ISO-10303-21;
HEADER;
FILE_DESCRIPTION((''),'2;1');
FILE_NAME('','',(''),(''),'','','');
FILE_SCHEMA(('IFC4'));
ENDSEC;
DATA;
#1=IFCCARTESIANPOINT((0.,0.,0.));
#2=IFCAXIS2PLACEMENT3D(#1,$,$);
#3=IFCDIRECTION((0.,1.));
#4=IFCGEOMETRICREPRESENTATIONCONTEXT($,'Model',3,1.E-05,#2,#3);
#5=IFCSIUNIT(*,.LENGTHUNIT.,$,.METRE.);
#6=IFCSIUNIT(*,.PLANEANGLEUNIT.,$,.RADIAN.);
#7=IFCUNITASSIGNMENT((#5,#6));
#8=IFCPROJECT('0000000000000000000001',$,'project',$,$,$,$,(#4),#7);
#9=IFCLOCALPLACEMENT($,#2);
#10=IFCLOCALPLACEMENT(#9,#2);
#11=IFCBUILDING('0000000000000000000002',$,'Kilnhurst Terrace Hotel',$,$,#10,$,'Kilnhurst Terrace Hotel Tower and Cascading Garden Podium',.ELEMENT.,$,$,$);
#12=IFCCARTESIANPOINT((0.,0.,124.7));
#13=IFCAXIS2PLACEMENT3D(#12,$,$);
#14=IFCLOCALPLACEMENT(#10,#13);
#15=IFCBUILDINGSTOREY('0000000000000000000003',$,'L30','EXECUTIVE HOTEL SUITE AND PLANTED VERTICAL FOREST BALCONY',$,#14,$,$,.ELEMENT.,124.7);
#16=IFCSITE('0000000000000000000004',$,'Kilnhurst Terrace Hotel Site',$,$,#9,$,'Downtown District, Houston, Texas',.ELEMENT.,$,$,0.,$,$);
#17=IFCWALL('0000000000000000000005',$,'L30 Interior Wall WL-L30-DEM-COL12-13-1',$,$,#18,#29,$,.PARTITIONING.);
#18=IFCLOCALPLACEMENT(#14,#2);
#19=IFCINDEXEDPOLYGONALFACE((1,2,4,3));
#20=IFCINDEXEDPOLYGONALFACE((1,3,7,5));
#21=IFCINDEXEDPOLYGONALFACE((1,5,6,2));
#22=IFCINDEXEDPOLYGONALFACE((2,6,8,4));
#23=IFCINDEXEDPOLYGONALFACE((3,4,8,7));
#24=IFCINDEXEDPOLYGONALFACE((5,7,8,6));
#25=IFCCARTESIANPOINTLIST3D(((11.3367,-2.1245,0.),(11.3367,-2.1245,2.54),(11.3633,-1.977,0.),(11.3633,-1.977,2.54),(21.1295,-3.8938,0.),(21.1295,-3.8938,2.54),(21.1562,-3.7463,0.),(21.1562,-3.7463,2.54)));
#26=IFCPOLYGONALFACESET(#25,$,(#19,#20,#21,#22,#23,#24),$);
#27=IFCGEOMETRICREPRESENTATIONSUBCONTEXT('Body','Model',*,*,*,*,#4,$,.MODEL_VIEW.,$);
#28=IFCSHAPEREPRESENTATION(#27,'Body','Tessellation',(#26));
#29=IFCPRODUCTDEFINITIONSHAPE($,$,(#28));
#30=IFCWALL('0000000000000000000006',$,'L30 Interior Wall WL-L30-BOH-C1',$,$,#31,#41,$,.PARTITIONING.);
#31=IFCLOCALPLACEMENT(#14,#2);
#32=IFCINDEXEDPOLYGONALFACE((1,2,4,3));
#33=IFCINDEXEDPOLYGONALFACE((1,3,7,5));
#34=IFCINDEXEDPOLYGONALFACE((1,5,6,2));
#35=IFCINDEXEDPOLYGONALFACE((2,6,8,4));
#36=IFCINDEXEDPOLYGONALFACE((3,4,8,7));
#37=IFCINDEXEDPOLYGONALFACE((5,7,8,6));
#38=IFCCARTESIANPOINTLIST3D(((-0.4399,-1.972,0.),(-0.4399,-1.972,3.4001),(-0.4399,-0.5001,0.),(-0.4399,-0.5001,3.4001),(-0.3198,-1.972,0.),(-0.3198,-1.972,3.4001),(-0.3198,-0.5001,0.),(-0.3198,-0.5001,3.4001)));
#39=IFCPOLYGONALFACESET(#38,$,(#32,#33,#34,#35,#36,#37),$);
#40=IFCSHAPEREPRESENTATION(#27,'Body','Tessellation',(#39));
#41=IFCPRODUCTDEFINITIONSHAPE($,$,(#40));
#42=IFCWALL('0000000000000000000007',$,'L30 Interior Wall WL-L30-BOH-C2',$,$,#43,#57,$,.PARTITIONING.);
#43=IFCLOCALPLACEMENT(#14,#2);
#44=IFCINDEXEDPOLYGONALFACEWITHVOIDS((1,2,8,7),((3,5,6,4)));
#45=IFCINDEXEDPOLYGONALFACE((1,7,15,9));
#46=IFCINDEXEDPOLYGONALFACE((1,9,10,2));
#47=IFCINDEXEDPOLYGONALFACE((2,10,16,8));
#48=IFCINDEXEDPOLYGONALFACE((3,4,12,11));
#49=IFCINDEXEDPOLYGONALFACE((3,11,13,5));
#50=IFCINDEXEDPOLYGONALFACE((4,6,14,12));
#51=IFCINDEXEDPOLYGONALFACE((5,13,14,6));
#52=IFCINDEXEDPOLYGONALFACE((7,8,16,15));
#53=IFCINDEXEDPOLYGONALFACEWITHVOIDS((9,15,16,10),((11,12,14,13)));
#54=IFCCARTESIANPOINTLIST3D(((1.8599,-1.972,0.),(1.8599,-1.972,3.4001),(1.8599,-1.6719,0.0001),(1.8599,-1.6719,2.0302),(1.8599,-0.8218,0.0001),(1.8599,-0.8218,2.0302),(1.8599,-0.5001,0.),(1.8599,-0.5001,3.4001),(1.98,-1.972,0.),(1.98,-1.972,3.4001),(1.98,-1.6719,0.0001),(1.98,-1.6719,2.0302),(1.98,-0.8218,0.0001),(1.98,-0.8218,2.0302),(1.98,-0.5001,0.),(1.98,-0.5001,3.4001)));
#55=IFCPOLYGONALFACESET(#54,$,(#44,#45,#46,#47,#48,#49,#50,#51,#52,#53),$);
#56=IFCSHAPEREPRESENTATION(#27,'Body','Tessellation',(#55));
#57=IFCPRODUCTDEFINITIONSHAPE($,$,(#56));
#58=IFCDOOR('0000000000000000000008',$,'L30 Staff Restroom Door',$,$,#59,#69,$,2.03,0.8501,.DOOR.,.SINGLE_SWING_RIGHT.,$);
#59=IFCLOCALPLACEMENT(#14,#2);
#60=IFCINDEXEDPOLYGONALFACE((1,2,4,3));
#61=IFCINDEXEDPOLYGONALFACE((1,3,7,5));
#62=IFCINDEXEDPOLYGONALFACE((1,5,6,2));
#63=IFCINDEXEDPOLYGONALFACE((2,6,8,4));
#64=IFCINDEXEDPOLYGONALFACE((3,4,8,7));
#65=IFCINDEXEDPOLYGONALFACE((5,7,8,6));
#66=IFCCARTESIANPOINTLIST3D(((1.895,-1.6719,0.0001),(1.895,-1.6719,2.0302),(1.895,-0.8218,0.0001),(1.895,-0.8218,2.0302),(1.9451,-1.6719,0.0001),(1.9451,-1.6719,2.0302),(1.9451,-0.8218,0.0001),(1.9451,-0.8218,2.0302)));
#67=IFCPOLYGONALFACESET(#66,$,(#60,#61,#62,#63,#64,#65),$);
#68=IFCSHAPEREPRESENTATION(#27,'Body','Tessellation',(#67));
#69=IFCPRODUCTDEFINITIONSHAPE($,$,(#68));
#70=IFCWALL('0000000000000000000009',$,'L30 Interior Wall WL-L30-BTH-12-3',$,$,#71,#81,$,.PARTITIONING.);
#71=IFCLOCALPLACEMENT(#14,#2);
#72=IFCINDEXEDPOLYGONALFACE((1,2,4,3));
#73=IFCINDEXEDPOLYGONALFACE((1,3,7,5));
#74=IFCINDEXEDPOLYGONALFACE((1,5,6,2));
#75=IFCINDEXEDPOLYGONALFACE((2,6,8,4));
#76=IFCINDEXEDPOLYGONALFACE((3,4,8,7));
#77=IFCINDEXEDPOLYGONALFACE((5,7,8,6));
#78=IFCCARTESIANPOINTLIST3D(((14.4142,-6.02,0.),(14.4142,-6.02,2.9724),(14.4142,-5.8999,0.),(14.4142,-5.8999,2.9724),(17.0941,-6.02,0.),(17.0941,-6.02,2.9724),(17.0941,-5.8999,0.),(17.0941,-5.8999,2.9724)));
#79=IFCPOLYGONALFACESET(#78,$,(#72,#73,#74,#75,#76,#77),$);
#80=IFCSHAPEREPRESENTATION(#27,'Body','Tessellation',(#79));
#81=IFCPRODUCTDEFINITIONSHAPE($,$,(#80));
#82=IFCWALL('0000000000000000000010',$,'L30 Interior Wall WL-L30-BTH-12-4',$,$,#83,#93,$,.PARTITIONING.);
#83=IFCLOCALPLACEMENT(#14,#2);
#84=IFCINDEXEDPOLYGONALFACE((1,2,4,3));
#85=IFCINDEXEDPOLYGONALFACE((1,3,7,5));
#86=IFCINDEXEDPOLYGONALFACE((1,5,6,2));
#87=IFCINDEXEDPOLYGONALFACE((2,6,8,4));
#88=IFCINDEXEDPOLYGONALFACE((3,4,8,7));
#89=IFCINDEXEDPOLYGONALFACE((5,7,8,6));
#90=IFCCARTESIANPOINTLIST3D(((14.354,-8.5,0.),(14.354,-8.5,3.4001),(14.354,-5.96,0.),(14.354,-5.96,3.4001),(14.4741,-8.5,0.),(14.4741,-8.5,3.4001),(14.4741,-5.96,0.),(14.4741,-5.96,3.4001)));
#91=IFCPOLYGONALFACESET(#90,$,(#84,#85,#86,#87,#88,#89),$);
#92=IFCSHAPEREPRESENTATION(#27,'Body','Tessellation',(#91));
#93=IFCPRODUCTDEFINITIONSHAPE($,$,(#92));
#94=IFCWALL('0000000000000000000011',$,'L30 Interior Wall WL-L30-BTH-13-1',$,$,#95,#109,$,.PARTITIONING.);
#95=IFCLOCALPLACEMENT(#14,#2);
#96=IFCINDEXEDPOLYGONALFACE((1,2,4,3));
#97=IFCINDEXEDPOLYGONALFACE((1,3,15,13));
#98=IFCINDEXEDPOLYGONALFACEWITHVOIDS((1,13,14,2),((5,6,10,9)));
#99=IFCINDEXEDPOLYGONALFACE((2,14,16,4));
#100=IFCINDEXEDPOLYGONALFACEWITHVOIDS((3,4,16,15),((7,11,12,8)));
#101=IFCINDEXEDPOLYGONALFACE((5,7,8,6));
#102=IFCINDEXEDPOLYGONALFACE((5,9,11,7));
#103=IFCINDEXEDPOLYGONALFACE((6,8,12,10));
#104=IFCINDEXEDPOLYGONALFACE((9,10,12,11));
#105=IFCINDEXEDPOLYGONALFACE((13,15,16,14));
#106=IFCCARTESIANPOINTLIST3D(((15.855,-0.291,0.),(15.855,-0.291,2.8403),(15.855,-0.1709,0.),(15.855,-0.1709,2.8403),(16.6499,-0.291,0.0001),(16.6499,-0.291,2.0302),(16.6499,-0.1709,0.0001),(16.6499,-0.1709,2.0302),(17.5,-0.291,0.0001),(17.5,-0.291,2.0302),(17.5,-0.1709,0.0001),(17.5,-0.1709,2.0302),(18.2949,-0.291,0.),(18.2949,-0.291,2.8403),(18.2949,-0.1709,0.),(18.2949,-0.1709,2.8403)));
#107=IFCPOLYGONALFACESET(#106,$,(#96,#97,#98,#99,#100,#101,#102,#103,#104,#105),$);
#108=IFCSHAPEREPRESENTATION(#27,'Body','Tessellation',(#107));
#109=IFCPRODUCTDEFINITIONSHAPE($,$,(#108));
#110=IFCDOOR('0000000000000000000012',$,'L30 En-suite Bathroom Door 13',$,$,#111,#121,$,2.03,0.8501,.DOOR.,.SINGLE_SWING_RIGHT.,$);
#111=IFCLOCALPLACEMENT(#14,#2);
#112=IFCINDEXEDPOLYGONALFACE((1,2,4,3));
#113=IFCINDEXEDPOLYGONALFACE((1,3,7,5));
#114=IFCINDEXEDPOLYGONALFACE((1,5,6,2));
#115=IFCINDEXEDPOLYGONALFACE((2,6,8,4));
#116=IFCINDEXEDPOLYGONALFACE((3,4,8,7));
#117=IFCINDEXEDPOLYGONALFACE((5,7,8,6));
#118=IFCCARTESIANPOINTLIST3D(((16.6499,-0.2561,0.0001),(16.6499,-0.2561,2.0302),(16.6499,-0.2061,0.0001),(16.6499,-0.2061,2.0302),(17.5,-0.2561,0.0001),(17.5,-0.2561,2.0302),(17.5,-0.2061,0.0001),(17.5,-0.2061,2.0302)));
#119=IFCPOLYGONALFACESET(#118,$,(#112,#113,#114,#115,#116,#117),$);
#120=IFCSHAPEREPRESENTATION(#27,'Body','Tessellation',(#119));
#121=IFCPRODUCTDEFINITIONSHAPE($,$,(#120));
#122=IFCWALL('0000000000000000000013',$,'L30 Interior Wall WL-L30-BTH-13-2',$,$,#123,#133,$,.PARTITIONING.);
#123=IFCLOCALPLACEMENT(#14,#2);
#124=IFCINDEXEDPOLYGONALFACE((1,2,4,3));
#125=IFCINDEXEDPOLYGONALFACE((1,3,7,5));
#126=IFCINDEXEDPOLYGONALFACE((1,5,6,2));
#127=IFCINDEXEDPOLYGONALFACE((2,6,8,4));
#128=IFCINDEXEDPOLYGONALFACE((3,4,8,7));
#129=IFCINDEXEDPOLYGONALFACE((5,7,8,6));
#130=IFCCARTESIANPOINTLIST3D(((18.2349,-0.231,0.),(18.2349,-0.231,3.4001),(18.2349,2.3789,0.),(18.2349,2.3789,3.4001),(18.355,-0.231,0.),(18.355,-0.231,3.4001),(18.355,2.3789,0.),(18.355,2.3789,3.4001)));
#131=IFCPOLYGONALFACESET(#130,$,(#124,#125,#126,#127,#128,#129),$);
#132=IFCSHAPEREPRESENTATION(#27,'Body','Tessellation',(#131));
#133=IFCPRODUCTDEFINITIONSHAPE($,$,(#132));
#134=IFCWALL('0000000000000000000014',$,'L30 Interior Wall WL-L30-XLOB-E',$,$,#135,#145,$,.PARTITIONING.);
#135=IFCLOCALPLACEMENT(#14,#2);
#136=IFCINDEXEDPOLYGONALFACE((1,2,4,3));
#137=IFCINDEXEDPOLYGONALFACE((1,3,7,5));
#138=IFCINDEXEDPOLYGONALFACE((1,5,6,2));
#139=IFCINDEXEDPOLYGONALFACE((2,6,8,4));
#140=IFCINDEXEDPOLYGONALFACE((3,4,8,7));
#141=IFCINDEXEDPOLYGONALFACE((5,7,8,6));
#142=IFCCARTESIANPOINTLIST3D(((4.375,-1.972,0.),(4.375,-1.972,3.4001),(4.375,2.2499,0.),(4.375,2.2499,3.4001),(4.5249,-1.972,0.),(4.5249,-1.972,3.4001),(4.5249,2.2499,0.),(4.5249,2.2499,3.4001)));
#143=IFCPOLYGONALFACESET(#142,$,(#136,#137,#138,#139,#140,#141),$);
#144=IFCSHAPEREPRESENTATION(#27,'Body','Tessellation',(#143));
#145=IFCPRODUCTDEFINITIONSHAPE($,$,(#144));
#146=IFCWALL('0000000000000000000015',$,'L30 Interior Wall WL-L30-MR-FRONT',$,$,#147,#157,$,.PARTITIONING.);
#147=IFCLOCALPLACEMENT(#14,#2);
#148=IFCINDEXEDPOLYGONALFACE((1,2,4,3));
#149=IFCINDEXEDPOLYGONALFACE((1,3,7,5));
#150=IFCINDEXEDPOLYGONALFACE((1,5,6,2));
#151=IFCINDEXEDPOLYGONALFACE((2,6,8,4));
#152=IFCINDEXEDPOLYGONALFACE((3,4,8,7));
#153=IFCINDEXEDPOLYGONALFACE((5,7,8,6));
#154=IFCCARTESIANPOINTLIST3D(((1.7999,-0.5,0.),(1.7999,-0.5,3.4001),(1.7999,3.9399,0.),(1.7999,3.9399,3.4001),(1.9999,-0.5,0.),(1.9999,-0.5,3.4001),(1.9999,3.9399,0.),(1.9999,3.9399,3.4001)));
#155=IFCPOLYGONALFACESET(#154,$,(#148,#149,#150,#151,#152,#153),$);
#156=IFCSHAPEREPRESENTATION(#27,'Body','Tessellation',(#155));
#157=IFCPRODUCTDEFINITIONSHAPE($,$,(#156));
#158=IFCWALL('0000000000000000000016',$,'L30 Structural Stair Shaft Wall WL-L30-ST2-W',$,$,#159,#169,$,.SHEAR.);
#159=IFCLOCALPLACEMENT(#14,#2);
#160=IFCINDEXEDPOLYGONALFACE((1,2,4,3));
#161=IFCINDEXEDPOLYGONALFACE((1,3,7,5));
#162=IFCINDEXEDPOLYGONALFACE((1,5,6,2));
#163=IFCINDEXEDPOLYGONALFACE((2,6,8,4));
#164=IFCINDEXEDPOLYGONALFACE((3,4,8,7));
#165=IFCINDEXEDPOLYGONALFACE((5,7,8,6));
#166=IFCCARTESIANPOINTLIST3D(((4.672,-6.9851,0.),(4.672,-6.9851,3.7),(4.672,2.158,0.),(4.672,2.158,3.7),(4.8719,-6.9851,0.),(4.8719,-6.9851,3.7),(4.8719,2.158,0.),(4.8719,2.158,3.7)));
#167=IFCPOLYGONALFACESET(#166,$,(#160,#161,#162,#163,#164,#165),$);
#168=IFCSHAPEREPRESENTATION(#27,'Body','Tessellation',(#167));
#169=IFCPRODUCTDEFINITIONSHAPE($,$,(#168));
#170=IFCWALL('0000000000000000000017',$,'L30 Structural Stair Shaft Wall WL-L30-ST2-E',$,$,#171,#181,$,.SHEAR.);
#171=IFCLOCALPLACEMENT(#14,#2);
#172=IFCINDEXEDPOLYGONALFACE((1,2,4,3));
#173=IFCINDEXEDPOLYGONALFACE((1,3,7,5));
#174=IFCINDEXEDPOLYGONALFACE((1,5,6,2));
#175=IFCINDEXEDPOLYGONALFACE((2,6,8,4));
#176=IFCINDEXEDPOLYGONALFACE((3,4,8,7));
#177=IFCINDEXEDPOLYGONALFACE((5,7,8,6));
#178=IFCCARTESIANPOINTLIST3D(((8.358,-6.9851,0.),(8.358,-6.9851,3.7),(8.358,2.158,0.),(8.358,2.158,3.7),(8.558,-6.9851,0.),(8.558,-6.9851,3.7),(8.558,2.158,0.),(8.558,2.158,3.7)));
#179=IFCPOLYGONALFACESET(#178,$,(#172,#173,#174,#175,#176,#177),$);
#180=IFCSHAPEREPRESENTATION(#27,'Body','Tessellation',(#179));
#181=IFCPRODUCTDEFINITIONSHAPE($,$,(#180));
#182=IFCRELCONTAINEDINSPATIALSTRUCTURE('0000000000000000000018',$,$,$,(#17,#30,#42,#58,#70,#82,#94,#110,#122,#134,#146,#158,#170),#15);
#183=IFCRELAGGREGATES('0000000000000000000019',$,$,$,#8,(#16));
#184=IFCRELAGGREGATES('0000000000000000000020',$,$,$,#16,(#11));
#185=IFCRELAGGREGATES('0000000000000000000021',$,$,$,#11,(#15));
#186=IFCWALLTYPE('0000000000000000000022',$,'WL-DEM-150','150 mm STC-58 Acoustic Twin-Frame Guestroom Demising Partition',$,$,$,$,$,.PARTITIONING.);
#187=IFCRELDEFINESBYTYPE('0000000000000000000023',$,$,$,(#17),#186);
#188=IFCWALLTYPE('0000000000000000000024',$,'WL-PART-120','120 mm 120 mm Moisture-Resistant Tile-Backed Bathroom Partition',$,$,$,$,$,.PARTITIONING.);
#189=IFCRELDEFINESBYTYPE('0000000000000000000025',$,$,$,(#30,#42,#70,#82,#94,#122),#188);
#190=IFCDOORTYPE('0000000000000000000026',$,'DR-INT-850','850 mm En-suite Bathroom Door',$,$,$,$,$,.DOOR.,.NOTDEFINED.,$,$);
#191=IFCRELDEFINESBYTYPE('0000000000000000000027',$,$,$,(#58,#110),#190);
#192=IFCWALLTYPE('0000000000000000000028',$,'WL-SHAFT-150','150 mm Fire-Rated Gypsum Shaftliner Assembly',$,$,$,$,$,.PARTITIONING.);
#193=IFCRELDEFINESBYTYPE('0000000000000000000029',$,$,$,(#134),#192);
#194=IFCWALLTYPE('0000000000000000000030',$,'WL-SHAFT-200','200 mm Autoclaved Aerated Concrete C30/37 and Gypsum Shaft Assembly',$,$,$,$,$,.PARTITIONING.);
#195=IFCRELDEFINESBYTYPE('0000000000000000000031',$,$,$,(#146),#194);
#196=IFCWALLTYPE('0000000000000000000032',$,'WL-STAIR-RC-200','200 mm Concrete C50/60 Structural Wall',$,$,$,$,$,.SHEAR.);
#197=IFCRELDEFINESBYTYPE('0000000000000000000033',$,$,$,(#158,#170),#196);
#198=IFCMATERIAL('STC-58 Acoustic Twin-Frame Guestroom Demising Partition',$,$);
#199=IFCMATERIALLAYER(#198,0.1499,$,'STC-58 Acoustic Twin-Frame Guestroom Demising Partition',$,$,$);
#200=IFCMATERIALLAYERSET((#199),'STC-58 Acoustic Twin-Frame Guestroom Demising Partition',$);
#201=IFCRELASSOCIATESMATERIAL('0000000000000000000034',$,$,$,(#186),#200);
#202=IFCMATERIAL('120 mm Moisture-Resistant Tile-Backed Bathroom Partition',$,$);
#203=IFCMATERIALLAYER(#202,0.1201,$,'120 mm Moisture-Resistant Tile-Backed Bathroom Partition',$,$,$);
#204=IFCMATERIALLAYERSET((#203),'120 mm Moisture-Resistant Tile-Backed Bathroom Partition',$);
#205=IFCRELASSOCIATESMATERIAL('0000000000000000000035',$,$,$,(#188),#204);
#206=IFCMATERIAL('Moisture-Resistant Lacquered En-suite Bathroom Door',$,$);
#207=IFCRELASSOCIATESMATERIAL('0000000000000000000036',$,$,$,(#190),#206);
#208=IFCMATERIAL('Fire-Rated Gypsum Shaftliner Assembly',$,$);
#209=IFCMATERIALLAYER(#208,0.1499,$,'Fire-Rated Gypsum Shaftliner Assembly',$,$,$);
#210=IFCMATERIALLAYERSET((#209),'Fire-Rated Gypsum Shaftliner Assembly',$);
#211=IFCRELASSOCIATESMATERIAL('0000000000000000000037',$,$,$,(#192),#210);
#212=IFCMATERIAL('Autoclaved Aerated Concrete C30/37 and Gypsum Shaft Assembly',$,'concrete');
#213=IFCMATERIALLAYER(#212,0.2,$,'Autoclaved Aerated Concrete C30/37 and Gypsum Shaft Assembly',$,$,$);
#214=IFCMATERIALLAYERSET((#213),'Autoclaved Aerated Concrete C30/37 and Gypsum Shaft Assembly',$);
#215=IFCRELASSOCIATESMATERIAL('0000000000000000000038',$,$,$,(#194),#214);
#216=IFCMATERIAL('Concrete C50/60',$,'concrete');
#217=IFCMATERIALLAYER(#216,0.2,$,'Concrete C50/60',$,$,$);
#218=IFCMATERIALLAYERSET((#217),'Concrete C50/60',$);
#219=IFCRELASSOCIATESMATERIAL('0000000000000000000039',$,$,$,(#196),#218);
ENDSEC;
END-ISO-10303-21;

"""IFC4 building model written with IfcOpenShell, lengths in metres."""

from ifc_helpers import new_model, si_unit, direction, frame, frame_2d, origin, place, context, subcontext, project, spatial, rectangle, extrude, material, layer, layer_set, type_object, element, fill, save


model = new_model("IFC4")

# Units and contexts
model_context = context("Model", 3, precision=1e-05, world=origin(), true_north=direction((0.0, 1.0)))
body_context = subcontext(model_context, "Body", "Model", "MODEL_VIEW")
ifc_project = project(units=[si_unit("LENGTHUNIT", "METRE"), si_unit("PLANEANGLEUNIT", "RADIAN")], contexts=[model_context])

# Site, building, storey
site_placement = place(None, origin())
site = spatial("IfcSite", under=ifc_project, at=site_placement, Name="Kilnhurst Terrace Hotel Site", LongName="Downtown District, Houston, Texas", CompositionType="ELEMENT", RefElevation=0.0)
building_placement = place(site_placement, origin())
building = spatial("IfcBuilding", under=site, at=building_placement, Name="Kilnhurst Terrace Hotel", LongName="Kilnhurst Terrace Hotel Tower and Cascading Garden Podium", CompositionType="ELEMENT")
storey_placement = place(building_placement, frame((0.0, 0.0, 124.7)))
storey = spatial("IfcBuildingStorey", under=building, at=storey_placement, Name="L30", Description="EXECUTIVE HOTEL SUITE AND PLANTED VERTICAL FOREST BALCONY", CompositionType="ELEMENT", Elevation=124.7)

# Shared definitions
ifc_material_1 = material(Name="Concrete C50/60", Category="concrete")

# Walls
ifc_material_2 = material(Name="STC-58 Acoustic Twin-Frame Guestroom Demising Partition")
ifc_layer_1 = layer(ifc_material_2, 0.1499, Name="STC-58 Acoustic Twin-Frame Guestroom Demising Partition")
ifc_layer_set_1 = layer_set([ifc_layer_1], Name="STC-58 Acoustic Twin-Frame Guestroom Demising Partition")
wall_type_1 = type_object("IfcWallType", Name="WL-DEM-150", Description="150 mm STC-58 Acoustic Twin-Frame Guestroom Demising Partition", PredefinedType="PARTITIONING", material=ifc_layer_set_1)
wall_1_placement = place(storey_placement, frame((11.3501, -2.0508, 0.0), z_axis=(0.0, 0.0, 1.0), x_axis=(0.984068, -0.177791, 0.0)))
element("IfcWall", 1, at=wall_1_placement, inside=storey, type_object=wall_type_1, Name="L30 Interior Wall WL-L30-DEM-COL12-13-1", PredefinedType="PARTITIONING", context=body_context, shape_type="SweptSolid", body=[
    extrude(rectangle(XDim=9.9514, YDim=0.1499, at=frame_2d((4.9756, 0.0))), origin(), (0.0, 0.0, 1.0), 2.54),
])
ifc_material_3 = material(Name="120 mm Moisture-Resistant Tile-Backed Bathroom Partition")
ifc_layer_2 = layer(ifc_material_3, 0.1201, Name="120 mm Moisture-Resistant Tile-Backed Bathroom Partition")
ifc_layer_set_2 = layer_set([ifc_layer_2], Name="120 mm Moisture-Resistant Tile-Backed Bathroom Partition")
wall_type_2 = type_object("IfcWallType", Name="WL-PART-120", Description="120 mm 120 mm Moisture-Resistant Tile-Backed Bathroom Partition", PredefinedType="PARTITIONING", material=ifc_layer_set_2)
wall_2_placement = place(storey_placement, frame((-0.3799, -1.9719, 0.0), z_axis=(0.0, 0.0, 1.0), x_axis=(0.0, 1.0, 0.0)))
element("IfcWall", 2, at=wall_2_placement, inside=storey, type_object=wall_type_2, Name="L30 Interior Wall WL-L30-BOH-C1", PredefinedType="PARTITIONING", context=body_context, shape_type="SweptSolid", body=[
    extrude(rectangle(XDim=1.4719, YDim=0.1201, at=frame_2d((0.7358, 0.0))), origin(), (0.0, 0.0, 1.0), 3.4001),
])

# Wall, opening, door
wall_3_placement = place(storey_placement, frame((1.9199, -1.9719, 0.0), z_axis=(0.0, 0.0, 1.0), x_axis=(0.0, 1.0, 0.0)))
wall_3 = element("IfcWall", 3, at=wall_3_placement, inside=storey, type_object=wall_type_2, Name="L30 Interior Wall WL-L30-BOH-C2", PredefinedType="PARTITIONING", context=body_context, shape_type="SweptSolid", body=[
    extrude(rectangle(XDim=1.4719, YDim=0.1201, at=frame_2d((0.7358, 0.0))), origin(), (0.0, 0.0, 1.0), 3.4001),
])
opening_1_placement = place(wall_3_placement, frame((0.3, 0.0, 0.0)))
opening_1 = element("IfcOpeningElement", 4, at=opening_1_placement, cuts=wall_3, PredefinedType="OPENING", context=body_context, shape_type="SweptSolid", body=[
    extrude(rectangle(XDim=0.8501, YDim=2.03, at=frame_2d((0.425, 1.0151))), frame((0.0, 0.0701, 0.0), z_axis=(0.0, -1.0, 0.0), x_axis=(1.0, 0.0, 0.0)), (0.0, 0.0, 1.0), 0.1401),
])
ifc_material_4 = material(Name="Moisture-Resistant Lacquered En-suite Bathroom Door")
door_type = type_object("IfcDoorType", Name="DR-INT-850", Description="850 mm En-suite Bathroom Door", OperationType="NOTDEFINED", PredefinedType="DOOR", material=ifc_material_4)
door_1_placement = place(opening_1_placement, origin())
door_1 = element("IfcDoor", 5, at=door_1_placement, inside=storey, type_object=door_type, Name="L30 Staff Restroom Door", OperationType="SINGLE_SWING_RIGHT", OverallHeight=2.03, OverallWidth=0.8501, PredefinedType="DOOR", context=body_context, shape_type="SweptSolid", body=[
    extrude(rectangle(XDim=0.8501, YDim=2.03, at=frame_2d((0.425, 1.0151))), frame((0.0, 0.0249, 0.0), z_axis=(0.0, -1.0, 0.0), x_axis=(1.0, 0.0, 0.0)), (0.0, 0.0, 1.0), 0.05),
])
fill(opening_1, door_1)

# Walls
wall_4_placement = place(storey_placement, frame((17.094, -5.96, 0.0), z_axis=(0.0, 0.0, 1.0), x_axis=(-1.0, 0.0, 0.0)))
element("IfcWall", 6, at=wall_4_placement, inside=storey, type_object=wall_type_2, Name="L30 Interior Wall WL-L30-BTH-12-3", PredefinedType="PARTITIONING", context=body_context, shape_type="SweptSolid", body=[
    extrude(rectangle(XDim=2.6799, YDim=0.1201, at=frame_2d((1.3398, 0.0))), origin(), (0.0, 0.0, 1.0), 2.9724),
])
wall_5_placement = place(storey_placement, frame((14.4141, -5.96, 0.0), z_axis=(0.0, 0.0, 1.0), x_axis=(0.0, -1.0, 0.0)))
element("IfcWall", 7, at=wall_5_placement, inside=storey, type_object=wall_type_2, Name="L30 Interior Wall WL-L30-BTH-12-4", PredefinedType="PARTITIONING", context=body_context, shape_type="SweptSolid", body=[
    extrude(rectangle(XDim=2.54, YDim=0.1201, at=frame_2d((1.27, 0.0))), origin(), (0.0, 0.0, 1.0), 3.4001),
])

# Wall, opening, door
wall_6_placement = place(storey_placement, frame((15.855, -0.231, 0.0), z_axis=(0.0, 0.0, 1.0), x_axis=(1.0, 0.0, 0.0)))
wall_6 = element("IfcWall", 8, at=wall_6_placement, inside=storey, type_object=wall_type_2, Name="L30 Interior Wall WL-L30-BTH-13-1", PredefinedType="PARTITIONING", context=body_context, shape_type="SweptSolid", body=[
    extrude(rectangle(XDim=2.4399, YDim=0.1201, at=frame_2d((1.22, 0.0))), origin(), (0.0, 0.0, 1.0), 2.8403),
])
opening_2_placement = place(wall_6_placement, frame((0.7949, 0.0, 0.0)))
opening_2 = element("IfcOpeningElement", 9, at=opening_2_placement, cuts=wall_6, PredefinedType="OPENING", context=body_context, shape_type="SweptSolid", body=[
    extrude(rectangle(XDim=0.8501, YDim=2.03, at=frame_2d((0.425, 1.0151))), frame((0.0, 0.0701, 0.0), z_axis=(0.0, -1.0, 0.0), x_axis=(1.0, 0.0, 0.0)), (0.0, 0.0, 1.0), 0.1401),
])
door_2_placement = place(opening_2_placement, origin())
door_2 = element("IfcDoor", 10, at=door_2_placement, inside=storey, type_object=door_type, Name="L30 En-suite Bathroom Door 13", OperationType="SINGLE_SWING_RIGHT", OverallHeight=2.03, OverallWidth=0.8501, PredefinedType="DOOR", context=body_context, shape_type="SweptSolid", body=[
    extrude(rectangle(XDim=0.8501, YDim=2.03, at=frame_2d((0.425, 1.0151))), frame((0.0, 0.0249, 0.0), z_axis=(0.0, -1.0, 0.0), x_axis=(1.0, 0.0, 0.0)), (0.0, 0.0, 1.0), 0.05),
])
fill(opening_2, door_2)

# Walls
wall_7_placement = place(storey_placement, frame((18.2949, -0.231, 0.0), z_axis=(0.0, 0.0, 1.0), x_axis=(0.0, 1.0, 0.0)))
element("IfcWall", 11, at=wall_7_placement, inside=storey, type_object=wall_type_2, Name="L30 Interior Wall WL-L30-BTH-13-2", PredefinedType="PARTITIONING", context=body_context, shape_type="SweptSolid", body=[
    extrude(rectangle(XDim=2.6099, YDim=0.1201, at=frame_2d((1.3049, 0.0))), origin(), (0.0, 0.0, 1.0), 3.4001),
])
ifc_material_5 = material(Name="Fire-Rated Gypsum Shaftliner Assembly")
ifc_layer_3 = layer(ifc_material_5, 0.1499, Name="Fire-Rated Gypsum Shaftliner Assembly")
ifc_layer_set_3 = layer_set([ifc_layer_3], Name="Fire-Rated Gypsum Shaftliner Assembly")
wall_type_3 = type_object("IfcWallType", Name="WL-SHAFT-150", Description="150 mm Fire-Rated Gypsum Shaftliner Assembly", PredefinedType="PARTITIONING", material=ifc_layer_set_3)
wall_8_placement = place(storey_placement, frame((4.45, -1.9719, 0.0), z_axis=(0.0, 0.0, 1.0), x_axis=(0.0, 1.0, 0.0)))
element("IfcWall", 12, at=wall_8_placement, inside=storey, type_object=wall_type_3, Name="L30 Interior Wall WL-L30-XLOB-E", PredefinedType="PARTITIONING", context=body_context, shape_type="SweptSolid", body=[
    extrude(rectangle(XDim=4.2219, YDim=0.1499, at=frame_2d((2.1108, 0.0))), origin(), (0.0, 0.0, 1.0), 3.4001),
])
ifc_material_6 = material(Name="Autoclaved Aerated Concrete C30/37 and Gypsum Shaft Assembly", Category="concrete")
ifc_layer_4 = layer(ifc_material_6, 0.2, Name="Autoclaved Aerated Concrete C30/37 and Gypsum Shaft Assembly")
ifc_layer_set_4 = layer_set([ifc_layer_4], Name="Autoclaved Aerated Concrete C30/37 and Gypsum Shaft Assembly")
wall_type_4 = type_object("IfcWallType", Name="WL-SHAFT-200", Description="200 mm Autoclaved Aerated Concrete C30/37 and Gypsum Shaft Assembly", PredefinedType="PARTITIONING", material=ifc_layer_set_4)
wall_9_placement = place(storey_placement, frame((1.8999, -0.5, 0.0), z_axis=(0.0, 0.0, 1.0), x_axis=(0.0, 1.0, 0.0)))
element("IfcWall", 13, at=wall_9_placement, inside=storey, type_object=wall_type_4, Name="L30 Interior Wall WL-L30-MR-FRONT", PredefinedType="PARTITIONING", context=body_context, shape_type="SweptSolid", body=[
    extrude(rectangle(XDim=4.4399, YDim=0.2, at=frame_2d((2.22, 0.0))), origin(), (0.0, 0.0, 1.0), 3.4001),
])
ifc_layer_5 = layer(ifc_material_1, 0.2, Name="Concrete C50/60")
ifc_layer_set_5 = layer_set([ifc_layer_5], Name="Concrete C50/60")
wall_type_5 = type_object("IfcWallType", Name="WL-STAIR-RC-200", Description="200 mm Concrete C50/60 Structural Wall", PredefinedType="SHEAR", material=ifc_layer_set_5)
for number, where, z_axis, x_axis, name in (
    (14, (4.772, -6.9851, 0.0), (0.0, 0.0, 1.0), (0.0, 1.0, 0.0), "L30 Structural Stair Shaft Wall WL-L30-ST2-W"),
    (15, (8.458, -6.9851, 0.0), (0.0, 0.0, 1.0), (0.0, 1.0, 0.0), "L30 Structural Stair Shaft Wall WL-L30-ST2-E"),
):
    element("IfcWall", number, at=place(storey_placement, frame(where, z_axis=z_axis, x_axis=x_axis)), inside=storey, type_object=wall_type_5, Name=name, PredefinedType="SHEAR", context=body_context, shape_type="SweptSolid", body=[
        extrude(rectangle(XDim=9.1431, YDim=0.2, at=frame_2d((4.5715, 0.0))), origin(), (0.0, 0.0, 1.0), 3.7),
    ])

save(model, "model.ifc")
